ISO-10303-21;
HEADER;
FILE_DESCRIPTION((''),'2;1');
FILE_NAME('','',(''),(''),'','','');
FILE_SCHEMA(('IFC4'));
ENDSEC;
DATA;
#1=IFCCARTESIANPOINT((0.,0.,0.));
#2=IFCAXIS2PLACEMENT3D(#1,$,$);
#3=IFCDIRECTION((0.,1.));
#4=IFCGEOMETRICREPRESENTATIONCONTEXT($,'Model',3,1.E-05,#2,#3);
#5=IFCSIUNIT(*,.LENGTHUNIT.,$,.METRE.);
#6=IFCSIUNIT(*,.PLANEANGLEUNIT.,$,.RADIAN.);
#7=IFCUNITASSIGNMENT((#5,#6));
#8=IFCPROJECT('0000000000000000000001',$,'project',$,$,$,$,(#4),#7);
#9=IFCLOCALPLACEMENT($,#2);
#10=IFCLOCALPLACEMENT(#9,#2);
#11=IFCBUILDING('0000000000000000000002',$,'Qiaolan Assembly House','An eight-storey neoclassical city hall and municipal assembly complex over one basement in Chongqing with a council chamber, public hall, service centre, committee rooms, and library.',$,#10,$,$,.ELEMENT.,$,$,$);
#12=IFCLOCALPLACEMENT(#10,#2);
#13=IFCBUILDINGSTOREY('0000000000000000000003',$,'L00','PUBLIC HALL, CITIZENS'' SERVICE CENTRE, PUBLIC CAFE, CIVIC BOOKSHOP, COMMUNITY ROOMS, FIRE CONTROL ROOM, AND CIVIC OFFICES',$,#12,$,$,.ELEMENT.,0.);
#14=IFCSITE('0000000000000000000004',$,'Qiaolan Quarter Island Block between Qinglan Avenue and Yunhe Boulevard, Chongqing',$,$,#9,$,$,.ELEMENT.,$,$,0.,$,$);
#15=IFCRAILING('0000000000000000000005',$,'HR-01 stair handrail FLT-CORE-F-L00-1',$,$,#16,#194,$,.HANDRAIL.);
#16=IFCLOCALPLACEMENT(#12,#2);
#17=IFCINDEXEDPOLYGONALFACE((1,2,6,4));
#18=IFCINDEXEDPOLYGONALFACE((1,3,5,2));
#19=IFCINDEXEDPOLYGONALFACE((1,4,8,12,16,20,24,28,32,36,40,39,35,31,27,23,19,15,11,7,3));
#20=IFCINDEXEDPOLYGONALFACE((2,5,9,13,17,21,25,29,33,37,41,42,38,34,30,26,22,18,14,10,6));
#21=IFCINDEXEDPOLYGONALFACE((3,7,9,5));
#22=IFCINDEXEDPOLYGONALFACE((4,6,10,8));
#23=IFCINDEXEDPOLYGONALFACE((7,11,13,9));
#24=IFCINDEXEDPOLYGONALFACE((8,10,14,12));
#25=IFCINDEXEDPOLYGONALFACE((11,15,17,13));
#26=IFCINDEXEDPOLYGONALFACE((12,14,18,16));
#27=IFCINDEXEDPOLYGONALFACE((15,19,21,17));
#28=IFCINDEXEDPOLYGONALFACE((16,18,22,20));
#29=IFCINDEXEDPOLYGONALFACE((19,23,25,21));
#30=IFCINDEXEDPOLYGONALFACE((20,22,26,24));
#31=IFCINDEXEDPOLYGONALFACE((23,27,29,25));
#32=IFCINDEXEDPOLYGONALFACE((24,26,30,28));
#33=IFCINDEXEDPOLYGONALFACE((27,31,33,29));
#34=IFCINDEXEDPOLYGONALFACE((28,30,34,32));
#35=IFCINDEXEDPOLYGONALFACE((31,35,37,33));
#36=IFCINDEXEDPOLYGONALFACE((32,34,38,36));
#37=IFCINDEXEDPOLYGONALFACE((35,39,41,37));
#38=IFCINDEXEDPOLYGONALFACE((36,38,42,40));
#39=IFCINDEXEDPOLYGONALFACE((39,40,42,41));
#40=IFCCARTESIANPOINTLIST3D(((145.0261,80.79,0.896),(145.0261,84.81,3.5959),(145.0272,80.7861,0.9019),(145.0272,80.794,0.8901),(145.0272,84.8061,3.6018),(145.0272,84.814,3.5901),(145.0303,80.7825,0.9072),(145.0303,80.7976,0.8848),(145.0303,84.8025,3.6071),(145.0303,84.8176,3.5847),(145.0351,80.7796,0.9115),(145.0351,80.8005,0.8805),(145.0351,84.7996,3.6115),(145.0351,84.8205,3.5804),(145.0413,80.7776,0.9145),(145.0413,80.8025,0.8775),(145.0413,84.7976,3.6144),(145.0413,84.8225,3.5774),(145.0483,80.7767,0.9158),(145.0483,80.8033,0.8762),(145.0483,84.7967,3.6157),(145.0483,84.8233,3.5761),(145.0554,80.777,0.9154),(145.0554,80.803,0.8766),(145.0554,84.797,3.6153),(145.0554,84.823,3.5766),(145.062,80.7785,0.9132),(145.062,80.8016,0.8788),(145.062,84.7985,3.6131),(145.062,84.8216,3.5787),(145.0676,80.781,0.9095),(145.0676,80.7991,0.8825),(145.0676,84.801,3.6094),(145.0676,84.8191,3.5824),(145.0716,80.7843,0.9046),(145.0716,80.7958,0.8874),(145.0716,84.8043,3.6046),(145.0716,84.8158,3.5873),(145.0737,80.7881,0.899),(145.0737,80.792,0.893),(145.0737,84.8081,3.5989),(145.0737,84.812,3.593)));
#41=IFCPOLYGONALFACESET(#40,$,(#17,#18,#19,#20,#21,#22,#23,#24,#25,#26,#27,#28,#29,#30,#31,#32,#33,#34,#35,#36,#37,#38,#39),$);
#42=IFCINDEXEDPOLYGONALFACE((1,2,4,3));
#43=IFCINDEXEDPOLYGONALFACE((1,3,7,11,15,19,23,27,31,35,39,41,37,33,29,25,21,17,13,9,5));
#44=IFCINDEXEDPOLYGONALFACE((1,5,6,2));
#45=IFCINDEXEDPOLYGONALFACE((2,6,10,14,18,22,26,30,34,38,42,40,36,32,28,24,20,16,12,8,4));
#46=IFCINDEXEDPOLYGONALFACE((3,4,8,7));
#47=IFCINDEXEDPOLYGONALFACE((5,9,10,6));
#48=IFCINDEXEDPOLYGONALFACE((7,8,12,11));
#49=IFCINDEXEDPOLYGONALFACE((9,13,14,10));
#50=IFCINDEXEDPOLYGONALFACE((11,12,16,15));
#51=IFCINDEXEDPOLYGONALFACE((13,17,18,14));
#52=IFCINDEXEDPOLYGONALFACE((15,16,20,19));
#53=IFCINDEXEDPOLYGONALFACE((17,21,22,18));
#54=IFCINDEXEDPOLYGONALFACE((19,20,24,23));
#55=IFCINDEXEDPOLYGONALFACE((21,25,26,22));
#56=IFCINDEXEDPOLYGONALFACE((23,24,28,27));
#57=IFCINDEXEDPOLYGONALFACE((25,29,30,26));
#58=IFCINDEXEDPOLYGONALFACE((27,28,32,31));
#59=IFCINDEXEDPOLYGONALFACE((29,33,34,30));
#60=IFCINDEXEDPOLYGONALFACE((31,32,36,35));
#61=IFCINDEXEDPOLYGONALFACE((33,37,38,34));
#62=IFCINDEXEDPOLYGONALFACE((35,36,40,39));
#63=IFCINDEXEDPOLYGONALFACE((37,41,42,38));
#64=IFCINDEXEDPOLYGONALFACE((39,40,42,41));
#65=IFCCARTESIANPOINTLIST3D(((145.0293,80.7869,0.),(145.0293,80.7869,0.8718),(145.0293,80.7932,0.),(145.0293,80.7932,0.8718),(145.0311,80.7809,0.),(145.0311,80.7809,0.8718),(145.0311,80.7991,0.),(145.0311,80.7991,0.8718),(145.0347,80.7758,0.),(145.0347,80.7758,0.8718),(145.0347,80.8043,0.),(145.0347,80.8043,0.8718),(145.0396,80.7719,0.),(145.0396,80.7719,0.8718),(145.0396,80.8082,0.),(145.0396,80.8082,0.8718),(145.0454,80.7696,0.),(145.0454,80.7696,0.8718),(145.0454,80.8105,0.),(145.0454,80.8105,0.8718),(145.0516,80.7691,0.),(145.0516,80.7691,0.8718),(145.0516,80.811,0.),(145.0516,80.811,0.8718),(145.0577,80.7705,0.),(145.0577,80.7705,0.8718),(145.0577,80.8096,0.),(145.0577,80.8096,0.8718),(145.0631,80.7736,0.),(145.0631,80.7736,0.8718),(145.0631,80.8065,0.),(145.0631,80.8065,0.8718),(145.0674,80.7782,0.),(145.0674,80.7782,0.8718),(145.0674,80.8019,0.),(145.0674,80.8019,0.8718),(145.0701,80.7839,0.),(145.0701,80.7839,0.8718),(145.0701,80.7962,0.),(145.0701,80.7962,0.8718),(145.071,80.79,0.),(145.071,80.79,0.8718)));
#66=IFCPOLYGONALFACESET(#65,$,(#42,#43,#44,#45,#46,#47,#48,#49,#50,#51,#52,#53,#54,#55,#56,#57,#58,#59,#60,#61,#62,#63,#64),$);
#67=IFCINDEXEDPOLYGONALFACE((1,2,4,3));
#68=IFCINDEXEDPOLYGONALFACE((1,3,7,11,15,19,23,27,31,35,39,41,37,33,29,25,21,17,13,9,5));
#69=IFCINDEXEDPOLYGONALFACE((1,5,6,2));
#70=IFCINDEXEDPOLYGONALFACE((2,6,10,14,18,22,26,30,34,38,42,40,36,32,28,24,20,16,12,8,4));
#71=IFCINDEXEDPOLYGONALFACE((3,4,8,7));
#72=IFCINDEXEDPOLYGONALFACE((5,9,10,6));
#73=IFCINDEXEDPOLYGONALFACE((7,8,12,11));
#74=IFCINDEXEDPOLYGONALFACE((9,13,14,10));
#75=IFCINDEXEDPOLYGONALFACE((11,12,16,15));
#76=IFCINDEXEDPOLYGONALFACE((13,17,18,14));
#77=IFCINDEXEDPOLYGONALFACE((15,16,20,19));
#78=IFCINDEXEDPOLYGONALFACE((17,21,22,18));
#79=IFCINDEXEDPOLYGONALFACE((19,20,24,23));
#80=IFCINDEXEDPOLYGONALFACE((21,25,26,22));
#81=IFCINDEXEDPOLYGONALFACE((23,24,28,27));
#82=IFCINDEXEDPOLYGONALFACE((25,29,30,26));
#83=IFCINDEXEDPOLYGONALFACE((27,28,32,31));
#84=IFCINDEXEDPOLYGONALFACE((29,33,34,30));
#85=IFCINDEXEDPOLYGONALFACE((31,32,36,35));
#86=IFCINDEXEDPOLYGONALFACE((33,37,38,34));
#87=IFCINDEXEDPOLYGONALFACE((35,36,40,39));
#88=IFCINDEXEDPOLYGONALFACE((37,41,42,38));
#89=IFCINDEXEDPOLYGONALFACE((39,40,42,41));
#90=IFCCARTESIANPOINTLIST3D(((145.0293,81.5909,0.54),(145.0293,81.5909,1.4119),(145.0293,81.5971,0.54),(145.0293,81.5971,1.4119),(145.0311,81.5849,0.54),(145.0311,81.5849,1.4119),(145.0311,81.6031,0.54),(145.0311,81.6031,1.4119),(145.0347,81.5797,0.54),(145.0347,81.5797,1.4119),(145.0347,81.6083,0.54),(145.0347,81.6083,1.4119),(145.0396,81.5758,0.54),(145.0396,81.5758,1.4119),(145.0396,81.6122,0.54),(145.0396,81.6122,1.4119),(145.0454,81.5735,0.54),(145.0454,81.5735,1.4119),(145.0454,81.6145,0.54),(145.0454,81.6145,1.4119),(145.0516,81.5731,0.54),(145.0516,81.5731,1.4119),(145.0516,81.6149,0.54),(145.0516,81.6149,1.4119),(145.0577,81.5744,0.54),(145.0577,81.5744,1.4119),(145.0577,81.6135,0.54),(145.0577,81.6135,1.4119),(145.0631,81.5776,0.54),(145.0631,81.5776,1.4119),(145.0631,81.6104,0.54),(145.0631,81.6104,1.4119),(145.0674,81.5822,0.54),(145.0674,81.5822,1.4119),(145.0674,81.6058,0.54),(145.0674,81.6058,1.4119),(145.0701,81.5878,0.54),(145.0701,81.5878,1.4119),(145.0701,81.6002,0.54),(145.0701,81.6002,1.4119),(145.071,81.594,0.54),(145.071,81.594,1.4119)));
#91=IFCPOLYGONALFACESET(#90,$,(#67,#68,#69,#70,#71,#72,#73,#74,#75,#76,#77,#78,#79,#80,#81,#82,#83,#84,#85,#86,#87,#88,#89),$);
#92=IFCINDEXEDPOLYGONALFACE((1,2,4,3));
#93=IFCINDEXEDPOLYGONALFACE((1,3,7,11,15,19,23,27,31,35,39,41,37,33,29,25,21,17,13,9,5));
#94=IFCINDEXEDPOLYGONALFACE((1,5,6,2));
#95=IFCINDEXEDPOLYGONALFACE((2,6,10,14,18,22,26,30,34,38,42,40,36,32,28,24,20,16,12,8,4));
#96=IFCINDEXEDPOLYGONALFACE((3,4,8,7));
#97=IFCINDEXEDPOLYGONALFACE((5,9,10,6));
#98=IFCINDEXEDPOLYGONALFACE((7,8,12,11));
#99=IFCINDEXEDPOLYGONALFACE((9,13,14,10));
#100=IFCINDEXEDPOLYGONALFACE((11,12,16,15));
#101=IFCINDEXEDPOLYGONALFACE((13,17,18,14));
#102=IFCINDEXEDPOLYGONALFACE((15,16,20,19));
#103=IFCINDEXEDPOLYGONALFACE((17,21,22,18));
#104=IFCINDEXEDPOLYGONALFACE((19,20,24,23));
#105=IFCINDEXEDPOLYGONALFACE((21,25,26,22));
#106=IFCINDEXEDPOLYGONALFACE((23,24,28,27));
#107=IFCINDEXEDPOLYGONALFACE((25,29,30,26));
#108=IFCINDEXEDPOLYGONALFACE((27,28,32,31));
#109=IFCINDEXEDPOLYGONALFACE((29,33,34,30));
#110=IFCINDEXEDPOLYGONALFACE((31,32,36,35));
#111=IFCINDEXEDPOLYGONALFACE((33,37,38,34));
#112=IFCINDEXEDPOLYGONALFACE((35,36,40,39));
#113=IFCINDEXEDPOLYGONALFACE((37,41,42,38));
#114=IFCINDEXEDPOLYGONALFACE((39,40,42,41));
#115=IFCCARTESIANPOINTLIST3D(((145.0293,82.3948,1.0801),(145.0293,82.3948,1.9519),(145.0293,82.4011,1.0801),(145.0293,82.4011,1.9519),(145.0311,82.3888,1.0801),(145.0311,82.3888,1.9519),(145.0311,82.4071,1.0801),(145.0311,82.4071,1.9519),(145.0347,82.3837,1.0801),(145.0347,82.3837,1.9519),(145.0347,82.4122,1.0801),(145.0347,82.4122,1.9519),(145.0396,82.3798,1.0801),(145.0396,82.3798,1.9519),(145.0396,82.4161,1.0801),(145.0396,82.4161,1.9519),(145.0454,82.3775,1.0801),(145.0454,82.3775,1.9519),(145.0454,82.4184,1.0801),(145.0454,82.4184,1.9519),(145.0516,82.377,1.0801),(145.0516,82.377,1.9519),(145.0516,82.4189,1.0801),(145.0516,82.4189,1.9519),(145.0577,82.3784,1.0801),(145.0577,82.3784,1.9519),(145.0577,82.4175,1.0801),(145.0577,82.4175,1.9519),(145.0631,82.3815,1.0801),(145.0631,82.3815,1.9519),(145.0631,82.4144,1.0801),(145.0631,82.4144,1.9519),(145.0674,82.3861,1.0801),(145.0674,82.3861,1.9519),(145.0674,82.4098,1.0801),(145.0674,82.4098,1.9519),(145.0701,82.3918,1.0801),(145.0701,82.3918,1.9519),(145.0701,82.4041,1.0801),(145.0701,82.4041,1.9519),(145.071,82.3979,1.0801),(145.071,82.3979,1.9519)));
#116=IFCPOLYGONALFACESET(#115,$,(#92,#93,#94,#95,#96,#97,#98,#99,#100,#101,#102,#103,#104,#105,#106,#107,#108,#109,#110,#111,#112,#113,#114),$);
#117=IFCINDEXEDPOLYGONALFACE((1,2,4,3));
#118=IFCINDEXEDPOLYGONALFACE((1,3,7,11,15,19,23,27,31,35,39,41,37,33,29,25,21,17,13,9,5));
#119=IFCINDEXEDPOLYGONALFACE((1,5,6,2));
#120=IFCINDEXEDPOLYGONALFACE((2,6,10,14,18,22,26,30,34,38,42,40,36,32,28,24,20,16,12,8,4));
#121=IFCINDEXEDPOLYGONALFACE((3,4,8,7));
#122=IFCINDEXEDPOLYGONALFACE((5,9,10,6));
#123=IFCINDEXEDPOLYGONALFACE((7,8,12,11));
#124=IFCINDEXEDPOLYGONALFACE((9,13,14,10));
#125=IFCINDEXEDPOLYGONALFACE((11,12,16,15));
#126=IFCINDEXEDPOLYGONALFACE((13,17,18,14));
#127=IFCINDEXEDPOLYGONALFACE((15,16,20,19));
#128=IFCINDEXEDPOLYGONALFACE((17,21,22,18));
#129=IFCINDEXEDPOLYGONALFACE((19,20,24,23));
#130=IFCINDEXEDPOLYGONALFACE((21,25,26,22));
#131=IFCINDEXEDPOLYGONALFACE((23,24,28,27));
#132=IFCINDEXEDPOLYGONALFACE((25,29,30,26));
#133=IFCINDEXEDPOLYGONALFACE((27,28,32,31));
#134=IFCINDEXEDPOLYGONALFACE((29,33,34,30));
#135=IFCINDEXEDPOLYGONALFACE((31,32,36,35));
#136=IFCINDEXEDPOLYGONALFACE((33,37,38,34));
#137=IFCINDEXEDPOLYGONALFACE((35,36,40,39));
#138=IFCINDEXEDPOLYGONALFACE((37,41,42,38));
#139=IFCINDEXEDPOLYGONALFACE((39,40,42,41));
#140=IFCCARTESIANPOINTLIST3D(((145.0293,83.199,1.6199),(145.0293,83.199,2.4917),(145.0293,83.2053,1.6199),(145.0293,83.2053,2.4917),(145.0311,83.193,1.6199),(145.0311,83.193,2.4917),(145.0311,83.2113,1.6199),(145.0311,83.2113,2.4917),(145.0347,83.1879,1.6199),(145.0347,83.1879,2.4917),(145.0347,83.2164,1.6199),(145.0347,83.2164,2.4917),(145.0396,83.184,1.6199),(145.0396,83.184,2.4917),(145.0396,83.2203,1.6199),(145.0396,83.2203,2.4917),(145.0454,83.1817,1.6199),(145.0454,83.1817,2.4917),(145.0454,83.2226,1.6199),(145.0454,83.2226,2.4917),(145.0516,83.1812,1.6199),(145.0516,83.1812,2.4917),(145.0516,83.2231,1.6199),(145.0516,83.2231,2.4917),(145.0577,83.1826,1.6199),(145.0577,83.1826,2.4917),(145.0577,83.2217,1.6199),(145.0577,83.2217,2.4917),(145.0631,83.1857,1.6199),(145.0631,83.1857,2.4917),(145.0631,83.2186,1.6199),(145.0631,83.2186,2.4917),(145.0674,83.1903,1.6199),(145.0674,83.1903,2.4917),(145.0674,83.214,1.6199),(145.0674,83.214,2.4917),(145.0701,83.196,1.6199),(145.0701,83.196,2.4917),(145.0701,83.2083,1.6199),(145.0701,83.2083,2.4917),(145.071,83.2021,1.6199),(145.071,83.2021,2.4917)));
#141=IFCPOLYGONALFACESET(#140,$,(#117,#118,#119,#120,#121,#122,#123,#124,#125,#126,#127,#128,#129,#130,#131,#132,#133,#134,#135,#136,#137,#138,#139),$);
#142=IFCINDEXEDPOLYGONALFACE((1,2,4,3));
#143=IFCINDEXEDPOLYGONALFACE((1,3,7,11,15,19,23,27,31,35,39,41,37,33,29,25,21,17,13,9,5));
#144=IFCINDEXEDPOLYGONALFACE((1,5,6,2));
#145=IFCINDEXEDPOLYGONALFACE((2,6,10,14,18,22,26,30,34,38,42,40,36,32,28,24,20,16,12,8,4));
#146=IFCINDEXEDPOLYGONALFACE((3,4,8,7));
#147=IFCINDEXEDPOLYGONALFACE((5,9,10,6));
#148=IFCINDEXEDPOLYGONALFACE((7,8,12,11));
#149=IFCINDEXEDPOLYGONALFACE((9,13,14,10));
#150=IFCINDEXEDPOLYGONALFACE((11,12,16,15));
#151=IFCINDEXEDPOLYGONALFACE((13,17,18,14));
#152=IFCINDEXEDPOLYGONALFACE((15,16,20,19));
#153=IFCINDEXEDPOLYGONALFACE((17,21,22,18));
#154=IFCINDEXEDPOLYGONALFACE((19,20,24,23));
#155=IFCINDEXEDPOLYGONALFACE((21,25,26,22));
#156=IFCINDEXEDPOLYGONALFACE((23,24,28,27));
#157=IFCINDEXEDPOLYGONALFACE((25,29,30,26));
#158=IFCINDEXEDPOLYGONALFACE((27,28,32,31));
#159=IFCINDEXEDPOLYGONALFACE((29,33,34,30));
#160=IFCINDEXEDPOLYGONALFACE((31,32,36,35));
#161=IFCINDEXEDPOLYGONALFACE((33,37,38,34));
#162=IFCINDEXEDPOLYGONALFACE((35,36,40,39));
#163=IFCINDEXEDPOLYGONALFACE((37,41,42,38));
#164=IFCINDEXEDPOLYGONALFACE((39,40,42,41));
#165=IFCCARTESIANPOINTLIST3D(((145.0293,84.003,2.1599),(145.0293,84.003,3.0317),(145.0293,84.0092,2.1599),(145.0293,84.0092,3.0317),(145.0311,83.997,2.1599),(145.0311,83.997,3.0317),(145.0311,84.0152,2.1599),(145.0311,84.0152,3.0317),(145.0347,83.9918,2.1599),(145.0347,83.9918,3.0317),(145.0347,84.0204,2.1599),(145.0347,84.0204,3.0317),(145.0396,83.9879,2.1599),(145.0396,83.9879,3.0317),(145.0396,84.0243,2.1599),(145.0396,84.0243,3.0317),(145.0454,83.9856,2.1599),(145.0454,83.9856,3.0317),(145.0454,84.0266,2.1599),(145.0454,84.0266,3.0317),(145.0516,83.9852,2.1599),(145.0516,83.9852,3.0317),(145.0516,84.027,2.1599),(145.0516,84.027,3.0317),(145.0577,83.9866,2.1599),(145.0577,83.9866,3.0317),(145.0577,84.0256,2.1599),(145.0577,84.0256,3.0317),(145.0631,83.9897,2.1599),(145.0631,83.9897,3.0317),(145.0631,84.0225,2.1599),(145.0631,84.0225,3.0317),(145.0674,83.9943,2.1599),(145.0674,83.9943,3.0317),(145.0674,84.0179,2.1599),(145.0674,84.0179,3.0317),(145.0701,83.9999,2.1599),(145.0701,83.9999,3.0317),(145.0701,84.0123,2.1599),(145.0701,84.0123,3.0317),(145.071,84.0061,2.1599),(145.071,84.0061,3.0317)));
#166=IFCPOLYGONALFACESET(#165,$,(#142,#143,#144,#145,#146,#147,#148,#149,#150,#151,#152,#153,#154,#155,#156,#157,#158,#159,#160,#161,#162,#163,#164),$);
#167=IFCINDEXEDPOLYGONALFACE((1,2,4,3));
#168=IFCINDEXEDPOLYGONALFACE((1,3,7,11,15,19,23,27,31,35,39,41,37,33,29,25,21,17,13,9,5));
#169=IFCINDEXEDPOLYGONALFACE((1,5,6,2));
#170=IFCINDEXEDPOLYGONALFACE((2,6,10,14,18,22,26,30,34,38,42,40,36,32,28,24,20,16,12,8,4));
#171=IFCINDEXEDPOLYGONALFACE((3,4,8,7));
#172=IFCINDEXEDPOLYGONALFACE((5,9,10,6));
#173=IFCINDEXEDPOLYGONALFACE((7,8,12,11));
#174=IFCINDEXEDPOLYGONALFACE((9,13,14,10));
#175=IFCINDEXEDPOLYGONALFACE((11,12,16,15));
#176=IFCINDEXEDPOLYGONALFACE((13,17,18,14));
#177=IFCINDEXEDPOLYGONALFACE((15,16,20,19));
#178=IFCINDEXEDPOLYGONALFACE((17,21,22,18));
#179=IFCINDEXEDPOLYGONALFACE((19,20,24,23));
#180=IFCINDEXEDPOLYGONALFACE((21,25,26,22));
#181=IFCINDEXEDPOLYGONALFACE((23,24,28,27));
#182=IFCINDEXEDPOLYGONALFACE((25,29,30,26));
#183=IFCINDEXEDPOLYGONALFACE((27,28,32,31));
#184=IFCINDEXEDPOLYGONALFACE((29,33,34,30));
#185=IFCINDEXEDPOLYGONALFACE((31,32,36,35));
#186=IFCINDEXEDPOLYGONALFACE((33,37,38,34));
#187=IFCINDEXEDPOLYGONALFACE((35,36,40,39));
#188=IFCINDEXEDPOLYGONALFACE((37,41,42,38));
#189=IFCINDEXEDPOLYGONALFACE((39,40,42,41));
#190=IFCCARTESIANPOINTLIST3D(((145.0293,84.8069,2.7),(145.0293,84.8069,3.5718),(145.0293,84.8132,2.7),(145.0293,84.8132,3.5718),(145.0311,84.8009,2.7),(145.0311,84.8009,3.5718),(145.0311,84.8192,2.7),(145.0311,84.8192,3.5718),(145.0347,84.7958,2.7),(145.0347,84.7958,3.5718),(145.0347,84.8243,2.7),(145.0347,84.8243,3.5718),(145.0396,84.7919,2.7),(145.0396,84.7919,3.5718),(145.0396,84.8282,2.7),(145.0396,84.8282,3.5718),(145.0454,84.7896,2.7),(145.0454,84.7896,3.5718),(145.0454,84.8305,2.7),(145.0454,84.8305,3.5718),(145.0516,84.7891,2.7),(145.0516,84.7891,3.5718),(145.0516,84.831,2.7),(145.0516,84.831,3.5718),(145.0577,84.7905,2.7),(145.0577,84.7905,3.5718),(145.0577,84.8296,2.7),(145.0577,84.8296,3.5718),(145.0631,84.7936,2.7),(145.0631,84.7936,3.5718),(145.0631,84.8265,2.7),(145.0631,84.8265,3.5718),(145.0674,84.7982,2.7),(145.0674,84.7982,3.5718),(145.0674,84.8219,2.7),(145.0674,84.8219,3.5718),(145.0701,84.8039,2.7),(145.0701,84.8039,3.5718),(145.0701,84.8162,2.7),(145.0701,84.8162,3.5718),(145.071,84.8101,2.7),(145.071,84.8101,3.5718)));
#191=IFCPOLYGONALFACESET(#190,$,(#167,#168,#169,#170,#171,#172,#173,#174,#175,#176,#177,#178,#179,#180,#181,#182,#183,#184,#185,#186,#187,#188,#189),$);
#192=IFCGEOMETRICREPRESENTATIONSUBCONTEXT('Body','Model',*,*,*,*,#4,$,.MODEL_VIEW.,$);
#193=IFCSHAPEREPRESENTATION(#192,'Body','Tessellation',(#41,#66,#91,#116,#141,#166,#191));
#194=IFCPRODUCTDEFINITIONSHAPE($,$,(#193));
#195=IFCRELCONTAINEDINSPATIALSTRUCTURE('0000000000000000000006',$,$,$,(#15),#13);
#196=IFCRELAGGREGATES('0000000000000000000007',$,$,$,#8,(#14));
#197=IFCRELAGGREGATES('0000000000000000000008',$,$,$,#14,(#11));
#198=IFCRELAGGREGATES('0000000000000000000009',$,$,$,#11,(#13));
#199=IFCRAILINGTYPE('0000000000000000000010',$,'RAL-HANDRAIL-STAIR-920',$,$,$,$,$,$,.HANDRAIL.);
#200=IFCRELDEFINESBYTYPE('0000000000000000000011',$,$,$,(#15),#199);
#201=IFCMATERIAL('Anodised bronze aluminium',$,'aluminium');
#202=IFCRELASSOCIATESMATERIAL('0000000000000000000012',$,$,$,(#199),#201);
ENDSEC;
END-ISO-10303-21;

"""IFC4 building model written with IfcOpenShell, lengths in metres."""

from ifc_helpers import new_model, si_unit, direction, frame, origin, origin_2d, place, context, subcontext, project, spatial, circle, extrude, material, type_object, element, save


model = new_model("IFC4")

# Units and contexts
model_context = context("Model", 3, precision=1e-05, world=origin(), true_north=direction((0.0, 1.0)))
body_context = subcontext(model_context, "Body", "Model", "MODEL_VIEW")
ifc_project = project(units=[si_unit("LENGTHUNIT", "METRE"), si_unit("PLANEANGLEUNIT", "RADIAN")], contexts=[model_context])

# Site, building, storey
site_placement = place(None, origin())
site = spatial("IfcSite", under=ifc_project, at=site_placement, Name="Qiaolan Quarter Island Block between Qinglan Avenue and Yunhe Boulevard, Chongqing", CompositionType="ELEMENT", RefElevation=0.0)
building_placement = place(site_placement, origin())
building = spatial("IfcBuilding", under=site, at=building_placement, Name="Qiaolan Assembly House", Description="An eight-storey neoclassical city hall and municipal assembly complex over one basement in Chongqing with a council chamber, public hall, service centre, committee rooms, and library.", CompositionType="ELEMENT")
storey_placement = place(building_placement, origin())
storey = spatial("IfcBuildingStorey", under=building, at=storey_placement, Name="L00", Description="PUBLIC HALL, CITIZENS' SERVICE CENTRE, PUBLIC CAFE, CIVIC BOOKSHOP, COMMUNITY ROOMS, FIRE CONTROL ROOM, AND CIVIC OFFICES", CompositionType="ELEMENT", Elevation=0.0)

# Shared definitions
ifc_material_1 = material(Name="Anodised bronze aluminium", Category="aluminium")

# Railing
railing_type_1 = type_object("IfcRailingType", Name="RAL-HANDRAIL-STAIR-920", PredefinedType="HANDRAIL", material=ifc_material_1)
railing_1_placement = place(storey_placement, frame((145.05, 80.79, 0.0)))
element("IfcRailing", 1, at=railing_1_placement, inside=storey, type_object=railing_type_1, Name="HR-01 stair handrail FLT-CORE-F-L00-1", PredefinedType="HANDRAIL", context=body_context, shape_type="SweptSolid", body=[
    extrude(circle(Radius=0.0239, at=origin_2d()), frame((0.0, 0.0, 0.896), z_axis=(0.0, 0.830145, 0.557547), x_axis=(-1.0, 0.0, 0.0)), (0.0, 0.0, 1.0), 4.8425),
    extrude(circle(Radius=0.021, at=origin_2d()), origin(), (0.0, 0.0, 1.0), 0.8718),
    extrude(circle(Radius=0.021, at=origin_2d()), frame((0.0, 0.804, 0.54)), (0.0, 0.0, 1.0), 0.8718),
    extrude(circle(Radius=0.021, at=origin_2d()), frame((0.0, 1.6079, 1.0801)), (0.0, 0.0, 1.0), 0.8718),
    extrude(circle(Radius=0.021, at=origin_2d()), frame((0.0, 2.4121, 1.6199)), (0.0, 0.0, 1.0), 0.8718),
    extrude(circle(Radius=0.021, at=origin_2d()), frame((0.0, 3.2161, 2.1599)), (0.0, 0.0, 1.0), 0.8718),
    extrude(circle(Radius=0.021, at=origin_2d()), frame((0.0, 4.02, 2.7)), (0.0, 0.0, 1.0), 0.8718),
])

save(model, "model.ifc")
